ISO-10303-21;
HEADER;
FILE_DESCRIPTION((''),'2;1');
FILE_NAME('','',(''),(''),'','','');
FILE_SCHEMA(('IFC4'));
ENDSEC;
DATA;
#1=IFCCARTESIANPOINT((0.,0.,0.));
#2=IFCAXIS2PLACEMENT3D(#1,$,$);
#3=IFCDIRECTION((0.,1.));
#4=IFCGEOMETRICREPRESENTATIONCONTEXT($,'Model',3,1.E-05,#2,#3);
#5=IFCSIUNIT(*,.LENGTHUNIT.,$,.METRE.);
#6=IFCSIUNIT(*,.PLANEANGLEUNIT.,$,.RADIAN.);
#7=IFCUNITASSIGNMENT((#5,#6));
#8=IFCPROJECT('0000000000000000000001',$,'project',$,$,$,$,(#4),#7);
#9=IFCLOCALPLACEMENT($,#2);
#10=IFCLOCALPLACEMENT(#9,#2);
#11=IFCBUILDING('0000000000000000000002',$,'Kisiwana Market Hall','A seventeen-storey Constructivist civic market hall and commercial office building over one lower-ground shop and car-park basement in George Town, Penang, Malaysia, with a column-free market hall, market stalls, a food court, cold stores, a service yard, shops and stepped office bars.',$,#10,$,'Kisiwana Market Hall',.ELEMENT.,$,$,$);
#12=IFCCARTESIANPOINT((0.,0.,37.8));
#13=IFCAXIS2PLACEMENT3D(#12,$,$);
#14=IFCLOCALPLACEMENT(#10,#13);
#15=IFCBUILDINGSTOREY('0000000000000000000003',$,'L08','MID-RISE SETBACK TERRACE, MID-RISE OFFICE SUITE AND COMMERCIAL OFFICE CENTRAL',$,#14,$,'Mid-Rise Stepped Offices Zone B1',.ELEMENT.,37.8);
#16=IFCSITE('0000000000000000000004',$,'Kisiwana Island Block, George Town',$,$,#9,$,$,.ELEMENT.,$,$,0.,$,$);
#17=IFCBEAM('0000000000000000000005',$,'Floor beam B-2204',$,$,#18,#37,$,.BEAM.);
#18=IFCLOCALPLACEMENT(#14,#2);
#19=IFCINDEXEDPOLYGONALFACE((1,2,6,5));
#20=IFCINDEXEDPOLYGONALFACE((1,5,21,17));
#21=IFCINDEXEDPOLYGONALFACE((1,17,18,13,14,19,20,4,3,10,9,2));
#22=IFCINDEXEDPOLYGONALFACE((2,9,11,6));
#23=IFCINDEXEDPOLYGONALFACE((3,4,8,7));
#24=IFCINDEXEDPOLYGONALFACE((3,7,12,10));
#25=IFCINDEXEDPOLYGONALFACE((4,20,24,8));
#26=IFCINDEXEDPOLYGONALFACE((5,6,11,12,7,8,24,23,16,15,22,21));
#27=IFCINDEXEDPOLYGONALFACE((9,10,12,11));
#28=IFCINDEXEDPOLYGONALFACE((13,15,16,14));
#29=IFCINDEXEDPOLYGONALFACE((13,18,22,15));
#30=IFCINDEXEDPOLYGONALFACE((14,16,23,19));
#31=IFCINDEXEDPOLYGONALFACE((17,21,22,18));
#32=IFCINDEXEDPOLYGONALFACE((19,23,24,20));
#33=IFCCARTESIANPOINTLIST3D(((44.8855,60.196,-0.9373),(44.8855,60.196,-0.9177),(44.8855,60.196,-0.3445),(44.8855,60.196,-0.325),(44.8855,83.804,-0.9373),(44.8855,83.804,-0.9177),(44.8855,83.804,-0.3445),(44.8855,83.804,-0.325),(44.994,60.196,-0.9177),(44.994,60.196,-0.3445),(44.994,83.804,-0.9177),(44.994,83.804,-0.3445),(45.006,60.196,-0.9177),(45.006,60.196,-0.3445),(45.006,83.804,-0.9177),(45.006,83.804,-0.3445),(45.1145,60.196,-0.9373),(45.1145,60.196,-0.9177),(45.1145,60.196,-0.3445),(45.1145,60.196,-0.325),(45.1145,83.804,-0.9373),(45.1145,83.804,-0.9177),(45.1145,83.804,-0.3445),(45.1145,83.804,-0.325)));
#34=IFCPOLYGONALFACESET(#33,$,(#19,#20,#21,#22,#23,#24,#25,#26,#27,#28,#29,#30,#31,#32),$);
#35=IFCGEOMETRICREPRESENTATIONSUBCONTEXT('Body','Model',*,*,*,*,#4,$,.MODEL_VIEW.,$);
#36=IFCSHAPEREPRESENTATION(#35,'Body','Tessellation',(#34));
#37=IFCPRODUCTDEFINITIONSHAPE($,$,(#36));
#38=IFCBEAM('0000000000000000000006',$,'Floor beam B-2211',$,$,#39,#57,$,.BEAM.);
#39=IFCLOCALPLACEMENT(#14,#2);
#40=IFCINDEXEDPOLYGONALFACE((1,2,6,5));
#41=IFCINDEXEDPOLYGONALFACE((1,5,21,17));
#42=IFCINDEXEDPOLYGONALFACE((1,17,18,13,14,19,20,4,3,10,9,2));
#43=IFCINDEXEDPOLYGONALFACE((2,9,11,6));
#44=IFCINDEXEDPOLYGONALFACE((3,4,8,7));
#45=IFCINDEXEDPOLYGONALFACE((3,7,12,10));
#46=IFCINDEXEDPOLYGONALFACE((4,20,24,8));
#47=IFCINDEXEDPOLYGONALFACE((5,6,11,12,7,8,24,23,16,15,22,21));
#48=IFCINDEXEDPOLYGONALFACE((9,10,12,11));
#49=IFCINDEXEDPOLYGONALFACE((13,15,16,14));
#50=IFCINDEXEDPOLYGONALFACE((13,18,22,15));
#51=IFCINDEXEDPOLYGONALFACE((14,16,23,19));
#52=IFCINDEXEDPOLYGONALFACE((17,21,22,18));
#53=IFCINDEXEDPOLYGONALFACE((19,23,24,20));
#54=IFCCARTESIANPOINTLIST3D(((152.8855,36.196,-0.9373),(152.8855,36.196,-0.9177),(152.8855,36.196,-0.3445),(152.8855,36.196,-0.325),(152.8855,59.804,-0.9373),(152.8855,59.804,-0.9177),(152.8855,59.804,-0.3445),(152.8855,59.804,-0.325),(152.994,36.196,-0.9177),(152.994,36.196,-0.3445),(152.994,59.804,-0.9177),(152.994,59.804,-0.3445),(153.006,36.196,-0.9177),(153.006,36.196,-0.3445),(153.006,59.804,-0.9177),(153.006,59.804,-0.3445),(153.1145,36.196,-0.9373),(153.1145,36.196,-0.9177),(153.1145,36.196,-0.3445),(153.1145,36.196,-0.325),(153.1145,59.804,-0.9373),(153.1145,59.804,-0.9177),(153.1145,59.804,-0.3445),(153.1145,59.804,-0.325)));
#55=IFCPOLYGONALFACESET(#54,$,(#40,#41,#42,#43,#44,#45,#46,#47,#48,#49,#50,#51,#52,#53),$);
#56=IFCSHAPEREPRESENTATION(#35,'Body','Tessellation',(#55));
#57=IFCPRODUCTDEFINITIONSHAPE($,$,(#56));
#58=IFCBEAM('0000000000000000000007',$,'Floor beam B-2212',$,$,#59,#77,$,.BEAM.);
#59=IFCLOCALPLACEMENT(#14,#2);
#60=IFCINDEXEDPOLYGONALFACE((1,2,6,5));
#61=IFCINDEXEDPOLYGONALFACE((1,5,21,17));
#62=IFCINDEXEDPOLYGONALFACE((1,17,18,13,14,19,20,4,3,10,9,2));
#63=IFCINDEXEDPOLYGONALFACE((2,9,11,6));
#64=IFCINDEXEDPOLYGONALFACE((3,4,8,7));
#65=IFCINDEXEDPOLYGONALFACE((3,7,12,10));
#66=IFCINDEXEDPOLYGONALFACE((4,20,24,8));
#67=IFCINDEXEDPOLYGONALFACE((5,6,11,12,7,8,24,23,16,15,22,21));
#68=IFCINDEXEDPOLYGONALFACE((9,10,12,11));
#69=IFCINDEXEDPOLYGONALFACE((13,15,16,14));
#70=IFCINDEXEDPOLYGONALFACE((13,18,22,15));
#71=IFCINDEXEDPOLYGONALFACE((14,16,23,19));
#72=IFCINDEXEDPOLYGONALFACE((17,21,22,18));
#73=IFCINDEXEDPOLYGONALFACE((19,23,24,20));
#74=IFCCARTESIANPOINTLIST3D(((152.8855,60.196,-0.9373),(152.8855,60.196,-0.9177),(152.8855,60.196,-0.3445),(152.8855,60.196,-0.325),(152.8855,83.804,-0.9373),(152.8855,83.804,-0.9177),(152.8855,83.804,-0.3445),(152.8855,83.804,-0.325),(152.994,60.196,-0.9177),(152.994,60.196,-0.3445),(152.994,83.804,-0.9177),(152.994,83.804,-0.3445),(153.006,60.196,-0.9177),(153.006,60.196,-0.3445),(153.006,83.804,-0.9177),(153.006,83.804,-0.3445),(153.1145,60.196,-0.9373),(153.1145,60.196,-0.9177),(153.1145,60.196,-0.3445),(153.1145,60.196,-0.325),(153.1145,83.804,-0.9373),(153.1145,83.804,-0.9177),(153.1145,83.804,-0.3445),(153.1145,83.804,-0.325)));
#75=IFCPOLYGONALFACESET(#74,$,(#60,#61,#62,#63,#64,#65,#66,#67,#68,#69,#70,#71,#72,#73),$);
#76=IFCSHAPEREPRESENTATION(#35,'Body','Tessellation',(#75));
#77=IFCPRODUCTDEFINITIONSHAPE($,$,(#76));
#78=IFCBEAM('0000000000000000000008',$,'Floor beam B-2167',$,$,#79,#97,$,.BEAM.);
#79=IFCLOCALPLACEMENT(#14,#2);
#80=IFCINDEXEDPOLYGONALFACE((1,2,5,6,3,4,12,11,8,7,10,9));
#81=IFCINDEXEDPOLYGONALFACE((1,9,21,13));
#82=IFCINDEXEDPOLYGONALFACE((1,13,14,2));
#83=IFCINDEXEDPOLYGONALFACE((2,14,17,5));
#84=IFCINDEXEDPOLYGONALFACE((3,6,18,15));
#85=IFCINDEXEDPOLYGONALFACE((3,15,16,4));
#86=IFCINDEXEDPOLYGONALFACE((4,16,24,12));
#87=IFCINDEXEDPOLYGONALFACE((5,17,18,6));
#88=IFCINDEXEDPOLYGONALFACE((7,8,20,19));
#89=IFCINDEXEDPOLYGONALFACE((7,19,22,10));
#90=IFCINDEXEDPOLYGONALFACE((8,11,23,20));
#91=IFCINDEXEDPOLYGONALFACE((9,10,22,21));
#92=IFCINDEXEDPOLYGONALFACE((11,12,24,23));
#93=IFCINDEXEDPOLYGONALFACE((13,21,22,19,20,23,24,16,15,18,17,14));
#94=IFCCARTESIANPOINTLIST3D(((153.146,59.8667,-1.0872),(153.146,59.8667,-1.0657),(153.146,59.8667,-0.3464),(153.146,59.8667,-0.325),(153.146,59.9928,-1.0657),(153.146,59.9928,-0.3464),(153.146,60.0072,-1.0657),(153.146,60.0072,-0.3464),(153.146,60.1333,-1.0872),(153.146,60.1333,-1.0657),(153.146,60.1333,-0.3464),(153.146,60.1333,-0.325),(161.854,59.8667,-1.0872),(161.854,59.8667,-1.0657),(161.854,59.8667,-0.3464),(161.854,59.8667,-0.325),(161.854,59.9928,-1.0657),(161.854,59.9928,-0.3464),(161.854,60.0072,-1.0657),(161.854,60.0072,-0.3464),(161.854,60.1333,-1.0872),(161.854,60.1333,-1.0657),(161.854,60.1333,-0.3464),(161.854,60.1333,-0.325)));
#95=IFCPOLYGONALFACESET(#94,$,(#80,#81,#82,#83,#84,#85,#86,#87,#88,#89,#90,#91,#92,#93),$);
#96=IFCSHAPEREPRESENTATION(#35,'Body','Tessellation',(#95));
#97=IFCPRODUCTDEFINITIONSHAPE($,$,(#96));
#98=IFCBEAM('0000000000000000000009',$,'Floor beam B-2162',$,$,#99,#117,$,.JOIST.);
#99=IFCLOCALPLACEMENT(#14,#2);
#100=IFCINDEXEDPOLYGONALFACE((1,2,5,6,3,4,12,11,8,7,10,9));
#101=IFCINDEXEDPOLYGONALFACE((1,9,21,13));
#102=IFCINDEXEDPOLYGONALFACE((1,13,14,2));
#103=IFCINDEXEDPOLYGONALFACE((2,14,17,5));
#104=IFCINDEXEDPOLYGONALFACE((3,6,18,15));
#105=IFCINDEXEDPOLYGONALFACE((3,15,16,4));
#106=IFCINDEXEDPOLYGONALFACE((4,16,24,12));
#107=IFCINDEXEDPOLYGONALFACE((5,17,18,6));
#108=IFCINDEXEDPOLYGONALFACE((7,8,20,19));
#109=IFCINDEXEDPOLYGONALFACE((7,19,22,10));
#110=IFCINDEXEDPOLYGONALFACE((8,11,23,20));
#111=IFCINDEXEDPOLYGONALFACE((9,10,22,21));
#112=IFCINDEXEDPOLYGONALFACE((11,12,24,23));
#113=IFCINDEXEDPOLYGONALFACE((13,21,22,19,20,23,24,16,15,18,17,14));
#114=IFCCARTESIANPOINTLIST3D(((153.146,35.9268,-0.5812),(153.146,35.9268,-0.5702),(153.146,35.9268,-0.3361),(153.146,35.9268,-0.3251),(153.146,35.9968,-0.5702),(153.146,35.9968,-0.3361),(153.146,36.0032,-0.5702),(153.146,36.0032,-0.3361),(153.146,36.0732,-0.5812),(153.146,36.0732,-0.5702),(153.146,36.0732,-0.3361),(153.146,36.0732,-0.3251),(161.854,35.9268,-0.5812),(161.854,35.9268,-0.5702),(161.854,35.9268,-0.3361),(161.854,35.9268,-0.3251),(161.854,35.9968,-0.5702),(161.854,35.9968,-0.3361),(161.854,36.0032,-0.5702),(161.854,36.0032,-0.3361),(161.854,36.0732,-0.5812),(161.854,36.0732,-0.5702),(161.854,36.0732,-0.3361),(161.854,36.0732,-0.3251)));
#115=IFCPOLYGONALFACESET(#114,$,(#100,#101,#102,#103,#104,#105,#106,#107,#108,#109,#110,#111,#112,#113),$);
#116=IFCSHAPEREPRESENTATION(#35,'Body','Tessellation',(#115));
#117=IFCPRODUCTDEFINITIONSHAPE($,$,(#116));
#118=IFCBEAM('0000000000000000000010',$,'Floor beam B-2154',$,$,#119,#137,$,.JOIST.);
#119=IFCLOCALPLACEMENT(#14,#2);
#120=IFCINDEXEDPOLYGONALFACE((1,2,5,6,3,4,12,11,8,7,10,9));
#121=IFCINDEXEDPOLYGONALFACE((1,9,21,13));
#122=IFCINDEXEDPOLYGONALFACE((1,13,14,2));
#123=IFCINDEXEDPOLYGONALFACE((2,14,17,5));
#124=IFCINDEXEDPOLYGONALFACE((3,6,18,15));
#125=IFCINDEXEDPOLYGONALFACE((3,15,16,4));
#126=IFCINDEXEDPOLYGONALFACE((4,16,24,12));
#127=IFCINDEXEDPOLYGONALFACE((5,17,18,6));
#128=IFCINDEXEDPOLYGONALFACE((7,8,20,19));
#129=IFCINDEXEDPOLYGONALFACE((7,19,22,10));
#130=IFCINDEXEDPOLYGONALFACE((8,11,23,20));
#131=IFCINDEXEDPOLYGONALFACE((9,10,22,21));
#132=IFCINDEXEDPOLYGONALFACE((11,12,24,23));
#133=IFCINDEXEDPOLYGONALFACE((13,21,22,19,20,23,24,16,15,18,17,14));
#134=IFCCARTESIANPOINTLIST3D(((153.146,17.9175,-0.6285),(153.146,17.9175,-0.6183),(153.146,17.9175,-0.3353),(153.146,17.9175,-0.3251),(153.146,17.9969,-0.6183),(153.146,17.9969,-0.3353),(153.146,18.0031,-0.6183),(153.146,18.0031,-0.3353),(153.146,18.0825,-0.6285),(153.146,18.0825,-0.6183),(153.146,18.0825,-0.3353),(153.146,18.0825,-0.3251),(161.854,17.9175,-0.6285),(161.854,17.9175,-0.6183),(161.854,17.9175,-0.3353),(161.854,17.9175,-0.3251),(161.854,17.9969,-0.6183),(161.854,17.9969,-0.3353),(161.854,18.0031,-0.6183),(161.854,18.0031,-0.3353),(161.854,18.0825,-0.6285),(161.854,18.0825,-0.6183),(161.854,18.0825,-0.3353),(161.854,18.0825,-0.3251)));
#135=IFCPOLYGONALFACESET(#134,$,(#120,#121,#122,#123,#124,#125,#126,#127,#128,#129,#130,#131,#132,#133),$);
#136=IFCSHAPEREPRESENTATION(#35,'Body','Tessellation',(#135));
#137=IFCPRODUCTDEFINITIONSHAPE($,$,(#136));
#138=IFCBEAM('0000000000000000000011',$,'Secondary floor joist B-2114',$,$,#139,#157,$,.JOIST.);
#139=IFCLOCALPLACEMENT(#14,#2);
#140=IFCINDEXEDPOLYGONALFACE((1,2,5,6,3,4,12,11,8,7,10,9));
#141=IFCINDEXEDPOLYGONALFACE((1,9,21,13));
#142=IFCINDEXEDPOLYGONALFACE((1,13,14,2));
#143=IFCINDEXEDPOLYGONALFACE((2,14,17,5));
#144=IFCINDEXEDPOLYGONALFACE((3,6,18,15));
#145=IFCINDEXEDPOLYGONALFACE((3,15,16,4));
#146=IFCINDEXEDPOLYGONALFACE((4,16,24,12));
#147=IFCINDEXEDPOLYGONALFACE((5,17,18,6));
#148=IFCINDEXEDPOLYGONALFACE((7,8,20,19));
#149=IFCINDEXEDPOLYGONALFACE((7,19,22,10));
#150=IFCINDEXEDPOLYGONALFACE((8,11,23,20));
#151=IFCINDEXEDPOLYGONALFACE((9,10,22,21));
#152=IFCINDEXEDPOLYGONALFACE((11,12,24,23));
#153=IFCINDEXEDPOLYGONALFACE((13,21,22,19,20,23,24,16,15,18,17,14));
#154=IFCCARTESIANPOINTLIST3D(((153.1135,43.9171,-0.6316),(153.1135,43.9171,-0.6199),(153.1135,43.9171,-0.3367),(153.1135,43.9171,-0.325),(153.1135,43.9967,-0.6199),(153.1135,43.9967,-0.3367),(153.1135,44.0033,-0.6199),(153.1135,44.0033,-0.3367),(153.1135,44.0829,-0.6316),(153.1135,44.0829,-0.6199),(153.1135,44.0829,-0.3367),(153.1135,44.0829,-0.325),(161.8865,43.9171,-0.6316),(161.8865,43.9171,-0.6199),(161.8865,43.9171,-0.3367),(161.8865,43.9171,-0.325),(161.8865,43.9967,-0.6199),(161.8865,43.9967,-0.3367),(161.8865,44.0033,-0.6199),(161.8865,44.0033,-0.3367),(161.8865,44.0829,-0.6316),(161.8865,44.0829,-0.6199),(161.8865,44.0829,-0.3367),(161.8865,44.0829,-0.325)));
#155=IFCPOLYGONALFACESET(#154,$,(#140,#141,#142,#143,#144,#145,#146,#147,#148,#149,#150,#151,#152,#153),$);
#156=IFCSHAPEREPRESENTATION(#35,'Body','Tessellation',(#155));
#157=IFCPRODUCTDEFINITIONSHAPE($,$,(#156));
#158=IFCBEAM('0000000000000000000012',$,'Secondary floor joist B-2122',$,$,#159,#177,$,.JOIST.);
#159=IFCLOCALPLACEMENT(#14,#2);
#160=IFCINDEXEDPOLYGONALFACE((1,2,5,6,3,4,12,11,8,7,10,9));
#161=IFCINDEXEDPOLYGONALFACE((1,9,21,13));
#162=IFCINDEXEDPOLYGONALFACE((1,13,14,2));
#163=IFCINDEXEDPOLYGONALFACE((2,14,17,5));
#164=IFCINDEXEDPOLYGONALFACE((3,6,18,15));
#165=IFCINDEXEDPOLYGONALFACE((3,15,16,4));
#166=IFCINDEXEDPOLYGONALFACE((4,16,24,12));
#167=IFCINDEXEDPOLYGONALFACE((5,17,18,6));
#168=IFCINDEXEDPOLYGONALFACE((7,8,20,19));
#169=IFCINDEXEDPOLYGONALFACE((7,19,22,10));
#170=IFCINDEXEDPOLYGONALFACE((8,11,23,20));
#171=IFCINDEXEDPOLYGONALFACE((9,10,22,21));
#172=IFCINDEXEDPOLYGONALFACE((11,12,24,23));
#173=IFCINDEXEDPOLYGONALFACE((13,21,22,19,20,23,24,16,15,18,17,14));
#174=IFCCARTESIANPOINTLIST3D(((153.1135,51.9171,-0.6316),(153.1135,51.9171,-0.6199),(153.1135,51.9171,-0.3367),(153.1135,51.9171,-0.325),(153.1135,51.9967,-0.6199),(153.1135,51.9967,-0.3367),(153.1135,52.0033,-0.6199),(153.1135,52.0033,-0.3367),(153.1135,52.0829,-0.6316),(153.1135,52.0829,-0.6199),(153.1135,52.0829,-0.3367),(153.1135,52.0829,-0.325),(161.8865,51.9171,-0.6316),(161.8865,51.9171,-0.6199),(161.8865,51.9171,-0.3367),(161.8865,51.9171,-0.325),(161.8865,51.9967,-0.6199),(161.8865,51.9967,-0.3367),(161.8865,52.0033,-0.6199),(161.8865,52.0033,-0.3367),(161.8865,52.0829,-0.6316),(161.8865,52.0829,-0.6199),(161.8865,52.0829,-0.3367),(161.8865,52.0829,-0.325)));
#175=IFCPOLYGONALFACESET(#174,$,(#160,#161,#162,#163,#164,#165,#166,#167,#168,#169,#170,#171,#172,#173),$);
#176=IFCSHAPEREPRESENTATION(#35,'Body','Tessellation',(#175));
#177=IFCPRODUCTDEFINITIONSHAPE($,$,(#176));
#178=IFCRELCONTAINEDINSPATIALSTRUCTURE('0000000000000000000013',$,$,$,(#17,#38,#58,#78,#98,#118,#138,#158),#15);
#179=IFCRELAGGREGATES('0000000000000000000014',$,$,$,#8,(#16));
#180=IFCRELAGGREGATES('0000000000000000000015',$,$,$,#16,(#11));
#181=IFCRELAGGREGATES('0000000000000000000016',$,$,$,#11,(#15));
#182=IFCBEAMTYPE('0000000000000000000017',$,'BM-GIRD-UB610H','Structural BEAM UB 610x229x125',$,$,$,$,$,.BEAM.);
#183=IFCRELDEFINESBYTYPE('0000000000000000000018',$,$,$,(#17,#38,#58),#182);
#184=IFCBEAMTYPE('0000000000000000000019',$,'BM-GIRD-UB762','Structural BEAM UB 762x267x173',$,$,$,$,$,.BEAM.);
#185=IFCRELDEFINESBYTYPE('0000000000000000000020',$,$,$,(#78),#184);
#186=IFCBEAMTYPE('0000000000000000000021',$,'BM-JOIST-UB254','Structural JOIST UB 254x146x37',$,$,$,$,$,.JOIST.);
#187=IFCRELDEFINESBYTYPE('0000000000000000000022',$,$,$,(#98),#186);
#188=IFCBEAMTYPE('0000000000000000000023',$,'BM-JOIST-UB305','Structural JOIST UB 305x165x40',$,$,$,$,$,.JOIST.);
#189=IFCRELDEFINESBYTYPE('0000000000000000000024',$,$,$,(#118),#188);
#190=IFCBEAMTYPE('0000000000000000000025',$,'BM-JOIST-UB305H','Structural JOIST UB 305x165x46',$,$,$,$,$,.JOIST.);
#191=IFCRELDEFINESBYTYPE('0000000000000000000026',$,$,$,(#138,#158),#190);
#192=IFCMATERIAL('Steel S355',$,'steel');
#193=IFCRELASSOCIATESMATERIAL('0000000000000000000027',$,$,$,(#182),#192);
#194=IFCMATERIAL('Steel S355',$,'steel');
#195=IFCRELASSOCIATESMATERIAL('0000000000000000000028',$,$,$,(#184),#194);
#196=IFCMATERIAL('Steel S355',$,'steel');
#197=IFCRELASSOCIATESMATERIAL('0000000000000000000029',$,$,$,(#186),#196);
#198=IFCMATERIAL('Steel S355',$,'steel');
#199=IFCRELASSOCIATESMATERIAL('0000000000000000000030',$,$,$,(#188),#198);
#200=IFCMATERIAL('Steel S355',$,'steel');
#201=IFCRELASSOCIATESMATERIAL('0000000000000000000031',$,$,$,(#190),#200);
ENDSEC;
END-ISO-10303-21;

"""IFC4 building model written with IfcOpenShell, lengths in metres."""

from ifc_helpers import new_model, si_unit, direction, frame, origin, origin_2d, place, context, subcontext, project, spatial, i_section, extrude, material, material_profile, profile_set, type_object, element, save


model = new_model("IFC4")

# Units and contexts
model_context = context("Model", 3, precision=1e-05, world=origin(), true_north=direction((0.0, 1.0)))
body_context = subcontext(model_context, "Body", "Model", "MODEL_VIEW")
ifc_project = project(units=[si_unit("LENGTHUNIT", "METRE"), si_unit("PLANEANGLEUNIT", "RADIAN")], contexts=[model_context])

# Site, building, storey
site_placement = place(None, origin())
site = spatial("IfcSite", under=ifc_project, at=site_placement, Name="Kisiwana Island Block, George Town", CompositionType="ELEMENT", RefElevation=0.0)
building_placement = place(site_placement, origin())
building = spatial("IfcBuilding", under=site, at=building_placement, Name="Kisiwana Market Hall", Description="A seventeen-storey Constructivist civic market hall and commercial office building over one lower-ground shop and car-park basement in George Town, Penang, Malaysia, with a column-free market hall, market stalls, a food court, cold stores, a service yard, shops and stepped office bars.", LongName="Kisiwana Market Hall", CompositionType="ELEMENT")
storey_placement = place(building_placement, frame((0.0, 0.0, 37.8)))
storey = spatial("IfcBuildingStorey", under=building, at=storey_placement, Name="L08", Description="MID-RISE SETBACK TERRACE, MID-RISE OFFICE SUITE AND COMMERCIAL OFFICE CENTRAL", LongName="Mid-Rise Stepped Offices Zone B1", CompositionType="ELEMENT", Elevation=37.8)

# Beams
ifc_material_1 = material(Name="Steel S355", Category="steel")
ifc_material_profile_1 = material_profile(ifc_material_1, i_section(OverallWidth=0.229, OverallDepth=0.6123, WebThickness=0.012, FlangeThickness=0.0195, at=origin_2d()), Name="UB 610x229x125")
ifc_profile_set_1 = profile_set([ifc_material_profile_1], Name="Steel S355")
beam_type_1 = type_object("IfcBeamType", Name="BM-GIRD-UB610H", Description="Structural BEAM UB 610x229x125", PredefinedType="BEAM", material=ifc_profile_set_1)
for number, where, z_axis, x_axis, name in (
    (1, (45.0, 60.196, -0.6311), (0.0, 1.0, 0.0), (-1.0, 0.0, 0.0), "Floor beam B-2204"),
    (2, (153.0, 36.196, -0.6311), (0.0, 1.0, 0.0), (-1.0, 0.0, 0.0), "Floor beam B-2211"),
    (3, (153.0, 60.196, -0.6311), (0.0, 1.0, 0.0), (-1.0, 0.0, 0.0), "Floor beam B-2212"),
):
    element("IfcBeam", number, at=place(storey_placement, frame(where, z_axis=z_axis, x_axis=x_axis)), inside=storey, type_object=beam_type_1, Name=name, PredefinedType="BEAM", context=body_context, shape_type="SweptSolid", body=[
        extrude(i_section(OverallWidth=0.229, OverallDepth=0.6123, WebThickness=0.012, FlangeThickness=0.0195, at=origin_2d()), origin(), (0.0, 0.0, 1.0), 23.6079),
    ])
ifc_material_2 = material(Name="Steel S355", Category="steel")
ifc_material_profile_2 = material_profile(ifc_material_2, i_section(OverallWidth=0.2666, OverallDepth=0.7622, WebThickness=0.0144, FlangeThickness=0.0215, at=origin_2d()), Name="UB 762x267x173")
ifc_profile_set_2 = profile_set([ifc_material_profile_2], Name="Steel S355")
beam_type_2 = type_object("IfcBeamType", Name="BM-GIRD-UB762", Description="Structural BEAM UB 762x267x173", PredefinedType="BEAM", material=ifc_profile_set_2)
beam_1_placement = place(storey_placement, frame((153.146, 60.0, -0.7061), z_axis=(1.0, 0.0, 0.0), x_axis=(0.0, 1.0, 0.0)))
element("IfcBeam", 4, at=beam_1_placement, inside=storey, type_object=beam_type_2, Name="Floor beam B-2167", PredefinedType="BEAM", context=body_context, shape_type="SweptSolid", body=[
    extrude(i_section(OverallWidth=0.2666, OverallDepth=0.7622, WebThickness=0.0144, FlangeThickness=0.0215, at=origin_2d()), origin(), (0.0, 0.0, 1.0), 8.708),
])
ifc_material_3 = material(Name="Steel S355", Category="steel")
ifc_material_profile_3 = material_profile(ifc_material_3, i_section(OverallWidth=0.1465, OverallDepth=0.2561, WebThickness=0.0063, FlangeThickness=0.011, at=origin_2d()), Name="UB 254x146x37")
ifc_profile_set_3 = profile_set([ifc_material_profile_3], Name="Steel S355")
beam_type_3 = type_object("IfcBeamType", Name="BM-JOIST-UB254", Description="Structural JOIST UB 254x146x37", PredefinedType="JOIST", material=ifc_profile_set_3)
beam_2_placement = place(storey_placement, frame((153.146, 36.0, -0.4531), z_axis=(1.0, 0.0, 0.0), x_axis=(0.0, 1.0, 0.0)))
element("IfcBeam", 5, at=beam_2_placement, inside=storey, type_object=beam_type_3, Name="Floor beam B-2162", PredefinedType="JOIST", context=body_context, shape_type="SweptSolid", body=[
    extrude(i_section(OverallWidth=0.1465, OverallDepth=0.2561, WebThickness=0.0063, FlangeThickness=0.011, at=origin_2d()), origin(), (0.0, 0.0, 1.0), 8.708),
])
ifc_material_4 = material(Name="Steel S355", Category="steel")
ifc_material_profile_4 = material_profile(ifc_material_4, i_section(OverallWidth=0.165, OverallDepth=0.3035, WebThickness=0.0061, FlangeThickness=0.0103, at=origin_2d()), Name="UB 305x165x40")
ifc_profile_set_4 = profile_set([ifc_material_profile_4], Name="Steel S355")
beam_type_4 = type_object("IfcBeamType", Name="BM-JOIST-UB305", Description="Structural JOIST UB 305x165x40", PredefinedType="JOIST", material=ifc_profile_set_4)
beam_3_placement = place(storey_placement, frame((153.146, 18.0, -0.4768), z_axis=(1.0, 0.0, 0.0), x_axis=(0.0, 1.0, 0.0)))
element("IfcBeam", 6, at=beam_3_placement, inside=storey, type_object=beam_type_4, Name="Floor beam B-2154", PredefinedType="JOIST", context=body_context, shape_type="SweptSolid", body=[
    extrude(i_section(OverallWidth=0.165, OverallDepth=0.3035, WebThickness=0.0061, FlangeThickness=0.0103, at=origin_2d()), origin(), (0.0, 0.0, 1.0), 8.708),
])
ifc_material_5 = material(Name="Steel S355", Category="steel")
ifc_material_profile_5 = material_profile(ifc_material_5, i_section(OverallWidth=0.1658, OverallDepth=0.3066, WebThickness=0.0066, FlangeThickness=0.0117, at=origin_2d()), Name="UB 305x165x46")
ifc_profile_set_5 = profile_set([ifc_material_profile_5], Name="Steel S355")
beam_type_5 = type_object("IfcBeamType", Name="BM-JOIST-UB305H", Description="Structural JOIST UB 305x165x46", PredefinedType="JOIST", material=ifc_profile_set_5)
for number, where, z_axis, x_axis, name in (
    (7, (153.1135, 44.0, -0.4783), (1.0, 0.0, 0.0), (0.0, 1.0, 0.0), "Secondary floor joist B-2114"),
    (8, (153.1135, 52.0, -0.4783), (1.0, 0.0, 0.0), (0.0, 1.0, 0.0), "Secondary floor joist B-2122"),
):
    element("IfcBeam", number, at=place(storey_placement, frame(where, z_axis=z_axis, x_axis=x_axis)), inside=storey, type_object=beam_type_5, Name=name, PredefinedType="JOIST", context=body_context, shape_type="SweptSolid", body=[
        extrude(i_section(OverallWidth=0.1658, OverallDepth=0.3066, WebThickness=0.0066, FlangeThickness=0.0117, at=origin_2d()), origin(), (0.0, 0.0, 1.0), 8.7729),
    ])

save(model, "model.ifc")
